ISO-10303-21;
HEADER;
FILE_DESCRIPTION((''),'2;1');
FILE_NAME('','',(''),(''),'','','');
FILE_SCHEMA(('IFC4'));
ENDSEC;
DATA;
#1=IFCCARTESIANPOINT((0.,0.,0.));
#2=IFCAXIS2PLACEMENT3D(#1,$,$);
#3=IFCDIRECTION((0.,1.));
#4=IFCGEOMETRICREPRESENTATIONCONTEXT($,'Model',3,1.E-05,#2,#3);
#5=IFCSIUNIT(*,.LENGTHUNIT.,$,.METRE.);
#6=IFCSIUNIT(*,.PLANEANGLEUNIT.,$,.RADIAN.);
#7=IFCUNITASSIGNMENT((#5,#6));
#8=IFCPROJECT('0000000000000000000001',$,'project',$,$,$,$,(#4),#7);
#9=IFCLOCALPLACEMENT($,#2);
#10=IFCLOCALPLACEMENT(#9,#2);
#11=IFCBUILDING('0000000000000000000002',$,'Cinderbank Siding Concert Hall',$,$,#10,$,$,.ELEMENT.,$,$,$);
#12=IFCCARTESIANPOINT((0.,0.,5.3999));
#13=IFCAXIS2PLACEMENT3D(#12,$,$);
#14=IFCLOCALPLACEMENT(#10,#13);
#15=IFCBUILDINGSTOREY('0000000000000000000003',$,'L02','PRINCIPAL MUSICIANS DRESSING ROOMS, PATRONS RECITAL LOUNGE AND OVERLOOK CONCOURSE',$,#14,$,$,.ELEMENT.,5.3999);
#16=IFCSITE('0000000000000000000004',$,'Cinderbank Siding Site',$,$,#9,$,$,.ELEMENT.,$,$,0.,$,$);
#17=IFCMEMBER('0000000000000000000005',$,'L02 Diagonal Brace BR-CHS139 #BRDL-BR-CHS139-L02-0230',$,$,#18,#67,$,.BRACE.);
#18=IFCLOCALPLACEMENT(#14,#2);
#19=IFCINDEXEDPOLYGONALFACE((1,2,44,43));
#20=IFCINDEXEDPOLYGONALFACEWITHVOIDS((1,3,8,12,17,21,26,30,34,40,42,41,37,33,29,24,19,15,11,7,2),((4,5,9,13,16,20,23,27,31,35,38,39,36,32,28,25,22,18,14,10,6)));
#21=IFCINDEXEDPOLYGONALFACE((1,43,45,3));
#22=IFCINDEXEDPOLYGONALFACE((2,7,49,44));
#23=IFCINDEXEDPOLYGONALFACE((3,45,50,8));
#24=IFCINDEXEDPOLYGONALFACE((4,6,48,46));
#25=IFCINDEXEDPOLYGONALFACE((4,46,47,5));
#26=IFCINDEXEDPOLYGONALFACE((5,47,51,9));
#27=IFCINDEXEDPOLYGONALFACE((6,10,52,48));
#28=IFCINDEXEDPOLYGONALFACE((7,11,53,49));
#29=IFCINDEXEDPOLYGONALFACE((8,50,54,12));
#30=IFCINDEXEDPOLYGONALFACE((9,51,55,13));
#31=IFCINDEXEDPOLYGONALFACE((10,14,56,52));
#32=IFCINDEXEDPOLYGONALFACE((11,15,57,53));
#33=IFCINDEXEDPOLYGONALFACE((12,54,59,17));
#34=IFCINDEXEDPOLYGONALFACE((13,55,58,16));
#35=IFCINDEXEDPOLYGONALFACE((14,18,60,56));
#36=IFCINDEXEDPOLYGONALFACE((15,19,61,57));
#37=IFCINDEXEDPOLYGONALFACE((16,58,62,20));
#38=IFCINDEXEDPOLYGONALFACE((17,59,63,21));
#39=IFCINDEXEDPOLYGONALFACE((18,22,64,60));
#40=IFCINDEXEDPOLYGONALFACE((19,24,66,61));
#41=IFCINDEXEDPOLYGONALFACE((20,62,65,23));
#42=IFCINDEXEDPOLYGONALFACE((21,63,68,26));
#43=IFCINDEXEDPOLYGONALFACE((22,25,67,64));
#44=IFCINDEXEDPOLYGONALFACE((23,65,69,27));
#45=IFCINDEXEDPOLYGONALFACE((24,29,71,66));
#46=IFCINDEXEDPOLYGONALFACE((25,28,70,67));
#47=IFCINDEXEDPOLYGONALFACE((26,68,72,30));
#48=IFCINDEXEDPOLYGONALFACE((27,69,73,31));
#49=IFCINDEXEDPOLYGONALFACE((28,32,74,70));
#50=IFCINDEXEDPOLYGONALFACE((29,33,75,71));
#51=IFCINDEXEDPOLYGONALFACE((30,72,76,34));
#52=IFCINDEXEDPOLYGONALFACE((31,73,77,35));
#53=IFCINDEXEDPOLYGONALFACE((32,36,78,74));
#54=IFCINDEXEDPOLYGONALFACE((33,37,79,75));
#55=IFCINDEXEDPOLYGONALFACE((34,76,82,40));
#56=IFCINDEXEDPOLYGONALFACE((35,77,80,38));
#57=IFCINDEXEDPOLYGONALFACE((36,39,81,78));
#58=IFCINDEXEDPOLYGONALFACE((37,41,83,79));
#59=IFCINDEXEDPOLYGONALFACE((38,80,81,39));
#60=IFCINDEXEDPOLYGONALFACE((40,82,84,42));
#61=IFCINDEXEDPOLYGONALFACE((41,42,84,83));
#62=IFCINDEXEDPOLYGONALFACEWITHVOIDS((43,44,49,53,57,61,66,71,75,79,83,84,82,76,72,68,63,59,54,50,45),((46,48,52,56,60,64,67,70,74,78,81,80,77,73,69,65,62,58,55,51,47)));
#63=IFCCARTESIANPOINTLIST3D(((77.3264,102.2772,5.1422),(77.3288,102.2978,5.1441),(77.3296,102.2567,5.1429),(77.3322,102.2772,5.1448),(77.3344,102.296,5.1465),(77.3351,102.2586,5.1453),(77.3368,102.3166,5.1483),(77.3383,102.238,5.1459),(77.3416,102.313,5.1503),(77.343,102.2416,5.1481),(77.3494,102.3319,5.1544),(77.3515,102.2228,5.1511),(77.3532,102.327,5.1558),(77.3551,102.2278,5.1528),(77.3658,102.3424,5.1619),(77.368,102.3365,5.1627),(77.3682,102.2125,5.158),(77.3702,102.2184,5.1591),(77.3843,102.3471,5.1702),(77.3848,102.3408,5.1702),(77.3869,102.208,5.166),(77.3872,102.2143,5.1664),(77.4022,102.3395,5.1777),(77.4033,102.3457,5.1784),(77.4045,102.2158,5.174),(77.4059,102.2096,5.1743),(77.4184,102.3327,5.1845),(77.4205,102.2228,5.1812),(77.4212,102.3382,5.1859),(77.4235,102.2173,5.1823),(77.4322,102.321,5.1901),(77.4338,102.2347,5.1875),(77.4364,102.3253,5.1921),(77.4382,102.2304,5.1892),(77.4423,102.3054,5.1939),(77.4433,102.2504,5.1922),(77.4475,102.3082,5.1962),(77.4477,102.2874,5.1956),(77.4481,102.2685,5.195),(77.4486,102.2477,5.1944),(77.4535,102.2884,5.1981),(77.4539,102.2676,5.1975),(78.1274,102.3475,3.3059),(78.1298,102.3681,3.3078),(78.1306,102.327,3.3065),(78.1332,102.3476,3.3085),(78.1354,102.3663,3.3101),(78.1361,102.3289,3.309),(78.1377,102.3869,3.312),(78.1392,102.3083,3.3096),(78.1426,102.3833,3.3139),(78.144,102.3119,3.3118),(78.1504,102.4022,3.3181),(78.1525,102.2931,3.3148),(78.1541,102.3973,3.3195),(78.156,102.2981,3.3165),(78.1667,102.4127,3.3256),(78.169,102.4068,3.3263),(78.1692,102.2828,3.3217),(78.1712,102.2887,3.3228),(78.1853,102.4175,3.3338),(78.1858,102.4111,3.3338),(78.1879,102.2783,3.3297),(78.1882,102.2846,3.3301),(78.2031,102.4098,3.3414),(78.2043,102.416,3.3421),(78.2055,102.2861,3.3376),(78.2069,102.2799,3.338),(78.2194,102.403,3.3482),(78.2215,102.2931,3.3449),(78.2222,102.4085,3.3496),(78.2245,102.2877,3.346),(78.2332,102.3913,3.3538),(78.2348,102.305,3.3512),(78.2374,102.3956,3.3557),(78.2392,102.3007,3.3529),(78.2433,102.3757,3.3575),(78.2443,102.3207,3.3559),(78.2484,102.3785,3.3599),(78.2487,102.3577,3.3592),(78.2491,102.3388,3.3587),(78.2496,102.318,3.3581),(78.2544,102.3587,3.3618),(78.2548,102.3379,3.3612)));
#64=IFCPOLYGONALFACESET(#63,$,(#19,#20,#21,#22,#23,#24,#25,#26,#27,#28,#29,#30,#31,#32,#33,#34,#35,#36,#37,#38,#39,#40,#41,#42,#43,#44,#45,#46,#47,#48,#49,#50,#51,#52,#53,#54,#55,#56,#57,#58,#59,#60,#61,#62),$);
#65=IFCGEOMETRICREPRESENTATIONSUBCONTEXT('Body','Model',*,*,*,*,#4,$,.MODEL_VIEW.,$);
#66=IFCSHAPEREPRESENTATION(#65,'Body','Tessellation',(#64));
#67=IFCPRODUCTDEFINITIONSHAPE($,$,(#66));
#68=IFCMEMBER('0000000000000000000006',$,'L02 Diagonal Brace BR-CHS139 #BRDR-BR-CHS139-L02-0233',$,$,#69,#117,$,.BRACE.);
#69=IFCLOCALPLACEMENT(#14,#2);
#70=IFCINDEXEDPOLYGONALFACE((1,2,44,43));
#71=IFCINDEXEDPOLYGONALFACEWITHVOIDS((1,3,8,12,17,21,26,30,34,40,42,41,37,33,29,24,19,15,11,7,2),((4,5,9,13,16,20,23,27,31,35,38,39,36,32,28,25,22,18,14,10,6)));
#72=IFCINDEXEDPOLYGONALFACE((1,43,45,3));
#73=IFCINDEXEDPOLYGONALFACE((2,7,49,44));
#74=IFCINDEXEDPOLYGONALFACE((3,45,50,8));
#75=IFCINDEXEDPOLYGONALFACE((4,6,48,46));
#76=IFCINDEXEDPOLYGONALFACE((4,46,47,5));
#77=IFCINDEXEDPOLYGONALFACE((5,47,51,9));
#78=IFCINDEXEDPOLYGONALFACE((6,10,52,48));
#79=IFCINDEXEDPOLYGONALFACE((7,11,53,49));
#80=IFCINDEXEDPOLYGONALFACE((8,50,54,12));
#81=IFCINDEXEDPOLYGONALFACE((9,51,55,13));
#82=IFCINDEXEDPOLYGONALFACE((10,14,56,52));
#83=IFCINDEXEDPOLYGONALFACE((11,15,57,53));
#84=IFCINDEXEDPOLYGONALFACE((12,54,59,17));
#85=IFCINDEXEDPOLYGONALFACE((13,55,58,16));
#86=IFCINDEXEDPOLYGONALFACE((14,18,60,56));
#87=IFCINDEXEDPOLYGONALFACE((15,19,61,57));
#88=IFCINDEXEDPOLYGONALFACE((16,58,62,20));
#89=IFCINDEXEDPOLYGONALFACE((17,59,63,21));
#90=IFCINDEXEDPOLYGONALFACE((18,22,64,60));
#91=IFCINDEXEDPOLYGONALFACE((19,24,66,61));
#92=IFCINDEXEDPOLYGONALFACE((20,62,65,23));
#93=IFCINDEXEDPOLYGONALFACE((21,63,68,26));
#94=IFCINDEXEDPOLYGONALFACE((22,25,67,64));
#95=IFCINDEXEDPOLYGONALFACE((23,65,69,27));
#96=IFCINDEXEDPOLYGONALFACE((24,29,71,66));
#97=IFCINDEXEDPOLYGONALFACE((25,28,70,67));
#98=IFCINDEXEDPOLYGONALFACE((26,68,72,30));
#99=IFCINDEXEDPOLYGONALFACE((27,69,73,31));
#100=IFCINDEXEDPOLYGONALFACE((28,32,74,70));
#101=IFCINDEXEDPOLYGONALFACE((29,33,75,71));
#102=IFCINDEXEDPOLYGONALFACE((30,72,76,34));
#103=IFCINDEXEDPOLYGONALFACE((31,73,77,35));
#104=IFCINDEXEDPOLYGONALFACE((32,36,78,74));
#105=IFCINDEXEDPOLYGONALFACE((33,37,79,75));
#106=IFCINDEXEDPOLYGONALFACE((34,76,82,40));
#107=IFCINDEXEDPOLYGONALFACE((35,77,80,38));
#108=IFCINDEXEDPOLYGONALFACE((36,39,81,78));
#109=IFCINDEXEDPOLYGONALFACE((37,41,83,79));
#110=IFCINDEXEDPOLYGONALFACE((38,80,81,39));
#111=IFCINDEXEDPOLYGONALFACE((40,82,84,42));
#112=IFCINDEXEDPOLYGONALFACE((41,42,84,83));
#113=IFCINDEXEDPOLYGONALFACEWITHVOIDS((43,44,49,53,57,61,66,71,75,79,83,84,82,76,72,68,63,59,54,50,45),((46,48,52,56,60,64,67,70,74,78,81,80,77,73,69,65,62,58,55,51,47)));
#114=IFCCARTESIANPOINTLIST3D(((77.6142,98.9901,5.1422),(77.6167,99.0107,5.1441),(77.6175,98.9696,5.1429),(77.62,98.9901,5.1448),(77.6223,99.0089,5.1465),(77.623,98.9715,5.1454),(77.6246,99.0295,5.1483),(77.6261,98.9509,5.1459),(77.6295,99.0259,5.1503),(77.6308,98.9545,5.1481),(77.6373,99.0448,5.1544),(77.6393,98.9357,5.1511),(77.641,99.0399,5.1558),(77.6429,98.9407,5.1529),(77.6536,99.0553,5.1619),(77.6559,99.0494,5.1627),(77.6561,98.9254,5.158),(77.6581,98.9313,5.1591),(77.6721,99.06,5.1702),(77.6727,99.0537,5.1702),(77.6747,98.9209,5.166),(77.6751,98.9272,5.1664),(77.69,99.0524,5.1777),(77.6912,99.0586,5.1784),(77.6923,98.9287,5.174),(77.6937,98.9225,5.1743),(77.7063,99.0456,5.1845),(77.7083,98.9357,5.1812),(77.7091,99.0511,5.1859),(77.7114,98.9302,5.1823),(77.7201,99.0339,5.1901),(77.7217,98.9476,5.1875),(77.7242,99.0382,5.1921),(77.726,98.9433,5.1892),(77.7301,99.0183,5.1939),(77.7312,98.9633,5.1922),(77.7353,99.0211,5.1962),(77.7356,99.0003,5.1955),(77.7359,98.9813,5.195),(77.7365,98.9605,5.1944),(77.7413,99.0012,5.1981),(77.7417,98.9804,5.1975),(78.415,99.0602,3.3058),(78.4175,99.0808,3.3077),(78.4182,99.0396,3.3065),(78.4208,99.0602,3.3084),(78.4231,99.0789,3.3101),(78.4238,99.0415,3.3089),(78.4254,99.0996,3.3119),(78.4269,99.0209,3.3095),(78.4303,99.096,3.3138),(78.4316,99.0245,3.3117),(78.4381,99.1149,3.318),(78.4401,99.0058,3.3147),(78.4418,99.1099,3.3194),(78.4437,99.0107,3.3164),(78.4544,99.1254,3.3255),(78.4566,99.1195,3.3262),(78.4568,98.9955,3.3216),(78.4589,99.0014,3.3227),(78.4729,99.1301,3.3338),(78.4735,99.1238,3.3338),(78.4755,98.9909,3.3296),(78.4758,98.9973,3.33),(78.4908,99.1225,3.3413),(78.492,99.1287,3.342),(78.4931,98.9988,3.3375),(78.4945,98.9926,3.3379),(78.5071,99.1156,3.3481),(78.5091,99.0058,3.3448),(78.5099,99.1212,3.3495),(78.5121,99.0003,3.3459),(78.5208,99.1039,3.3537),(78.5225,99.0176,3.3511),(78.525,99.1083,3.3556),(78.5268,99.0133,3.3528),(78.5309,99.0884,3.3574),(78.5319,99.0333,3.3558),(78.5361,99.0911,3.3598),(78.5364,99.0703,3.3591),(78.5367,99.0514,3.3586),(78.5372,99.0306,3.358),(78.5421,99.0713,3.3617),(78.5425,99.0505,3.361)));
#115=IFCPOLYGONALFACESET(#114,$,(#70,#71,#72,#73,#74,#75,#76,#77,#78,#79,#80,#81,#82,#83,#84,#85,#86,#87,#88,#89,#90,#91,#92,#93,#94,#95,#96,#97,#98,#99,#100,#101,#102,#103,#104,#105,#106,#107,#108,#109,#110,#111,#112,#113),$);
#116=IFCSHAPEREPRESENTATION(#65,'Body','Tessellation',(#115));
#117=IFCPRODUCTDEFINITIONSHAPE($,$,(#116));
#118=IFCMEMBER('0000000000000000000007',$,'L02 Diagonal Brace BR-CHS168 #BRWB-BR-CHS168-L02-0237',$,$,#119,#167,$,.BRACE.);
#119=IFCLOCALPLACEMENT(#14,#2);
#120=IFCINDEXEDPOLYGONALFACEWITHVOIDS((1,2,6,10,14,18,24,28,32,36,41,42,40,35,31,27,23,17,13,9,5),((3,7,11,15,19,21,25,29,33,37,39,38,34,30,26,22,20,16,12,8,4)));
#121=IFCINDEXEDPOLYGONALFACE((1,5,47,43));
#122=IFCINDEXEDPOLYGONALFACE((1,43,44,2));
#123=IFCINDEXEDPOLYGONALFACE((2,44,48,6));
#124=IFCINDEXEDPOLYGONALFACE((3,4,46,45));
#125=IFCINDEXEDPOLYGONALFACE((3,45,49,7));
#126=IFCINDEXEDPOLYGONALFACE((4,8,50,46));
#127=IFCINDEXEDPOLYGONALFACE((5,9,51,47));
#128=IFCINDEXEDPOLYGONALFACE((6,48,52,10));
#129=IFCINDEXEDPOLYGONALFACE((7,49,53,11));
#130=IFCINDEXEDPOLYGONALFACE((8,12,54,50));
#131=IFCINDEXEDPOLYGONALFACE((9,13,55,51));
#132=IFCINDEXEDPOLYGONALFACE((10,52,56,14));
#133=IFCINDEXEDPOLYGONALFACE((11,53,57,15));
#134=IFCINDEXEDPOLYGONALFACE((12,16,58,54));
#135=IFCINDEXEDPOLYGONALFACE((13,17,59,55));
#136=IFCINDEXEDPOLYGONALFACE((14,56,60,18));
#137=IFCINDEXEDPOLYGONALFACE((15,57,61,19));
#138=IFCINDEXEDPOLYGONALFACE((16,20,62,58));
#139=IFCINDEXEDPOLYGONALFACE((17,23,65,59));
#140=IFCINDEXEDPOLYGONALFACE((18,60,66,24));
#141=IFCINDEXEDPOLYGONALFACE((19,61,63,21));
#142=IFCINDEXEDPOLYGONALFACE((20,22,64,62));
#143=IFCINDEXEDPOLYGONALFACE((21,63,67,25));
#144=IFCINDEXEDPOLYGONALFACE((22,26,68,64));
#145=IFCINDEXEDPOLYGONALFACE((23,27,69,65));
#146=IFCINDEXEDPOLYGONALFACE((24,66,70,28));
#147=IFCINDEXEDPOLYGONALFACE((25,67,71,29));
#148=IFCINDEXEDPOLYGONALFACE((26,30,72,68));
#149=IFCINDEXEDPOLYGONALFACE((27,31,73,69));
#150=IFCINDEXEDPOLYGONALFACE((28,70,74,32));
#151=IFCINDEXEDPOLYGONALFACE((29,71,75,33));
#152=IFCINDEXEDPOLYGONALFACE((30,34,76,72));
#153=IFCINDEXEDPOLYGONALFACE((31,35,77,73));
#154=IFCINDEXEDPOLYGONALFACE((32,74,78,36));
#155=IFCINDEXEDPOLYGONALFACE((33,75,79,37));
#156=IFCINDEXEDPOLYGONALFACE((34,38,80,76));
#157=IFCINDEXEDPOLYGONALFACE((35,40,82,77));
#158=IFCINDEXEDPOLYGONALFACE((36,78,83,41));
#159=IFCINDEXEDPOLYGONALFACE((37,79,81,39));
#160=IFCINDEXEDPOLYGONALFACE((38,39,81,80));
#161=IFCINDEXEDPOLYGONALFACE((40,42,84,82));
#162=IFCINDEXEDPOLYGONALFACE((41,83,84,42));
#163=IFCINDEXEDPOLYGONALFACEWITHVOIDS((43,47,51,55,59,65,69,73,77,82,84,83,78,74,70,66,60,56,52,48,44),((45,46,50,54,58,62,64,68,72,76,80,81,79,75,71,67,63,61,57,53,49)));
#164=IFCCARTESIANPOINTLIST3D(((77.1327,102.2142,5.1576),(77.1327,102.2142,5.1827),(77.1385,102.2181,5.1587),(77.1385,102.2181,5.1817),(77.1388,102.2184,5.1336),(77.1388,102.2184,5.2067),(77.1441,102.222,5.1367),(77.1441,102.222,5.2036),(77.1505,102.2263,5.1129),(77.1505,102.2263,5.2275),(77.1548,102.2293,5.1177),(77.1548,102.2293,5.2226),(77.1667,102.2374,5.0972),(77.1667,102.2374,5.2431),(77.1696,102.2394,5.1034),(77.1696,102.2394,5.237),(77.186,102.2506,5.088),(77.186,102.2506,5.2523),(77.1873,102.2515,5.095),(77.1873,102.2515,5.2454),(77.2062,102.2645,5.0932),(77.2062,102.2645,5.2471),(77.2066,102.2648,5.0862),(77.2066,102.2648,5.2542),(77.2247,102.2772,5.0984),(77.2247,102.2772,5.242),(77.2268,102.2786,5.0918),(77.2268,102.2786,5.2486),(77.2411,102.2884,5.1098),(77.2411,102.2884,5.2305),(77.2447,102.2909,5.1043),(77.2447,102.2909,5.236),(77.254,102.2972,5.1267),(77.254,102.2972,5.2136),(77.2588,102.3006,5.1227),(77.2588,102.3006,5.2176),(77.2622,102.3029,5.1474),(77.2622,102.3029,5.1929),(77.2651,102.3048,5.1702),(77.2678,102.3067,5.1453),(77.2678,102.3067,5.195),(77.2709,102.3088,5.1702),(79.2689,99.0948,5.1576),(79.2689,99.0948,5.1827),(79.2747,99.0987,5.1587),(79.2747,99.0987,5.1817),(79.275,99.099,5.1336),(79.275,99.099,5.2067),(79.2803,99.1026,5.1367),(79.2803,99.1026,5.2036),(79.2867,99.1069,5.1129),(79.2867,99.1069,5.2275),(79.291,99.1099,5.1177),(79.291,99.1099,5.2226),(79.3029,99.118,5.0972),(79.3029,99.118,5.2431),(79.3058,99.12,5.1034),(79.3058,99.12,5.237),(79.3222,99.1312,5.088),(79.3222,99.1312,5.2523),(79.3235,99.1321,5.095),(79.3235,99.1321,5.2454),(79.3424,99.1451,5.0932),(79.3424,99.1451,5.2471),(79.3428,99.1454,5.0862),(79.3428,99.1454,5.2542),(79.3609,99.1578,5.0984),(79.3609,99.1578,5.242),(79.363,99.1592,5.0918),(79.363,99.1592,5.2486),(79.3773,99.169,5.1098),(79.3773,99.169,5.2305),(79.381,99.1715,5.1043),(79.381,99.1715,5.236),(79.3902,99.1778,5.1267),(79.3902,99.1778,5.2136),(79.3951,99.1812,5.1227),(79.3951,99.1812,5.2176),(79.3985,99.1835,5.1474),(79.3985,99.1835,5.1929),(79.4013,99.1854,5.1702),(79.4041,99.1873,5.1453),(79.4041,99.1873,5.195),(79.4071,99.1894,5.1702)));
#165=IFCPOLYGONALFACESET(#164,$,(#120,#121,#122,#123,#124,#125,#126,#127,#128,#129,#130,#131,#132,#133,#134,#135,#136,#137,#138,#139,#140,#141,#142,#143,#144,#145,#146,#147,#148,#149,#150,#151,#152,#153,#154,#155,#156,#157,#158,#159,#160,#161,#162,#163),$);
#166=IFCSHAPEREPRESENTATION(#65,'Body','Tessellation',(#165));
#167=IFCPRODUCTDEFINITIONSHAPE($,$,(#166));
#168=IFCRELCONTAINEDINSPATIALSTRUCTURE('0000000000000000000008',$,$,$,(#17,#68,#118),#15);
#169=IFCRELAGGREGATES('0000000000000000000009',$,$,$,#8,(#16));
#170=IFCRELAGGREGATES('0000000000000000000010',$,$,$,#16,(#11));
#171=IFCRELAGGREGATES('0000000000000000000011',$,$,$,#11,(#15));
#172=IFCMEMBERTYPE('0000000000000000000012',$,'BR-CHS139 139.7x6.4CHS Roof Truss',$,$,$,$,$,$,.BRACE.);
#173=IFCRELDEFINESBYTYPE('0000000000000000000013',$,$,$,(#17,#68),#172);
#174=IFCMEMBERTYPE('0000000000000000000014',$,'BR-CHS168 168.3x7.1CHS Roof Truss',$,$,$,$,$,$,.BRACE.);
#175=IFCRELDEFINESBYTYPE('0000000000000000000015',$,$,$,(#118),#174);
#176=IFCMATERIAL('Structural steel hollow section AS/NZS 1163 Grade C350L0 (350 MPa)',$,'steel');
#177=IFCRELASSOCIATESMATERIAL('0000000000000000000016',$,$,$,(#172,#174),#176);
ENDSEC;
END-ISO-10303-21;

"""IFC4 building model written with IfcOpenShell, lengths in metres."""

from ifc_helpers import new_model, si_unit, direction, frame, origin, origin_2d, place, context, subcontext, project, spatial, hollow_circle, extrude, material, material_profile, profile_set, type_object, element, save


model = new_model("IFC4")

# Units and contexts
model_context = context("Model", 3, precision=1e-05, world=origin(), true_north=direction((0.0, 1.0)))
body_context = subcontext(model_context, "Body", "Model", "MODEL_VIEW")
ifc_project = project(units=[si_unit("LENGTHUNIT", "METRE"), si_unit("PLANEANGLEUNIT", "RADIAN")], contexts=[model_context])

# Site, building, storey
site_placement = place(None, origin())
site = spatial("IfcSite", under=ifc_project, at=site_placement, Name="Cinderbank Siding Site", CompositionType="ELEMENT", RefElevation=0.0)
building_placement = place(site_placement, origin())
building = spatial("IfcBuilding", under=site, at=building_placement, Name="Cinderbank Siding Concert Hall", CompositionType="ELEMENT")
storey_placement = place(building_placement, frame((0.0, 0.0, 5.3999)))
storey = spatial("IfcBuildingStorey", under=building, at=storey_placement, Name="L02", Description="PRINCIPAL MUSICIANS DRESSING ROOMS, PATRONS RECITAL LOUNGE AND OVERLOOK CONCOURSE", CompositionType="ELEMENT", Elevation=5.3999)

# Members
ifc_material_1 = material(Name="Structural steel hollow section AS/NZS 1163 Grade C350L0 (350 MPa)", Category="steel")
ifc_material_profile_1 = material_profile(ifc_material_1, hollow_circle(Radius=0.0698, WallThickness=0.0063, at=origin_2d()), Name="139.7x6.4CHS", Category="LoadBearing")
ifc_profile_set_1 = profile_set([ifc_material_profile_1], Name="Structural steel hollow section AS/NZS 1163 Grade C350L0 (350 MPa)")
member_type_1 = type_object("IfcMemberType", Name="BR-CHS139 139.7x6.4CHS Roof Truss", PredefinedType="BRACE", material=ifc_profile_set_1)
for number, where, z_axis, x_axis, name in (
    (1, (77.3904, 102.2776, 5.1702), (0.399563, 0.035073, -0.916035), (-0.087442, 0.99617, 0.0), "L02 Diagonal Brace BR-CHS139 #BRDL-BR-CHS139-L02-0230"),
    (2, (77.6782, 98.9905, 5.1702), (0.399462, 0.034953, -0.916083), (-0.087167, 0.996194, 0.0), "L02 Diagonal Brace BR-CHS139 #BRDR-BR-CHS139-L02-0233"),
):
    element("IfcMember", number, at=place(storey_placement, frame(where, z_axis=z_axis, x_axis=x_axis)), inside=storey, type_object=member_type_1, Name=name, PredefinedType="BRACE", context=body_context, shape_type="SweptSolid", body=[
        extrude(hollow_circle(Radius=0.0698, WallThickness=0.0063, at=origin_2d()), origin(), (0.0, 0.0, 1.0), 2.0046),
    ])
ifc_material_profile_2 = material_profile(ifc_material_1, hollow_circle(Radius=0.0842, WallThickness=0.0071, at=origin_2d()), Name="168.3x7.1CHS", Category="LoadBearing")
ifc_profile_set_2 = profile_set([ifc_material_profile_2], Name="Structural steel hollow section AS/NZS 1163 Grade C350L0 (350 MPa)")
member_type_2 = type_object("IfcMemberType", Name="BR-CHS168 168.3x7.1CHS Roof Truss", PredefinedType="BRACE", material=ifc_profile_set_2)
member_1_placement = place(storey_placement, frame((77.2014, 102.2612, 5.1702), z_axis=(0.565029, -0.825071, 0.0), x_axis=(0.825071, 0.565029, 0.0)))
element("IfcMember", 3, at=member_1_placement, inside=storey, type_object=member_type_2, Name="L02 Diagonal Brace BR-CHS168 #BRWB-BR-CHS168-L02-0237", PredefinedType="BRACE", context=body_context, shape_type="SweptSolid", body=[
    extrude(hollow_circle(Radius=0.0842, WallThickness=0.0071, at=origin_2d()), origin(), (0.0, 0.0, 1.0), 3.7808),
])

save(model, "model.ifc")
